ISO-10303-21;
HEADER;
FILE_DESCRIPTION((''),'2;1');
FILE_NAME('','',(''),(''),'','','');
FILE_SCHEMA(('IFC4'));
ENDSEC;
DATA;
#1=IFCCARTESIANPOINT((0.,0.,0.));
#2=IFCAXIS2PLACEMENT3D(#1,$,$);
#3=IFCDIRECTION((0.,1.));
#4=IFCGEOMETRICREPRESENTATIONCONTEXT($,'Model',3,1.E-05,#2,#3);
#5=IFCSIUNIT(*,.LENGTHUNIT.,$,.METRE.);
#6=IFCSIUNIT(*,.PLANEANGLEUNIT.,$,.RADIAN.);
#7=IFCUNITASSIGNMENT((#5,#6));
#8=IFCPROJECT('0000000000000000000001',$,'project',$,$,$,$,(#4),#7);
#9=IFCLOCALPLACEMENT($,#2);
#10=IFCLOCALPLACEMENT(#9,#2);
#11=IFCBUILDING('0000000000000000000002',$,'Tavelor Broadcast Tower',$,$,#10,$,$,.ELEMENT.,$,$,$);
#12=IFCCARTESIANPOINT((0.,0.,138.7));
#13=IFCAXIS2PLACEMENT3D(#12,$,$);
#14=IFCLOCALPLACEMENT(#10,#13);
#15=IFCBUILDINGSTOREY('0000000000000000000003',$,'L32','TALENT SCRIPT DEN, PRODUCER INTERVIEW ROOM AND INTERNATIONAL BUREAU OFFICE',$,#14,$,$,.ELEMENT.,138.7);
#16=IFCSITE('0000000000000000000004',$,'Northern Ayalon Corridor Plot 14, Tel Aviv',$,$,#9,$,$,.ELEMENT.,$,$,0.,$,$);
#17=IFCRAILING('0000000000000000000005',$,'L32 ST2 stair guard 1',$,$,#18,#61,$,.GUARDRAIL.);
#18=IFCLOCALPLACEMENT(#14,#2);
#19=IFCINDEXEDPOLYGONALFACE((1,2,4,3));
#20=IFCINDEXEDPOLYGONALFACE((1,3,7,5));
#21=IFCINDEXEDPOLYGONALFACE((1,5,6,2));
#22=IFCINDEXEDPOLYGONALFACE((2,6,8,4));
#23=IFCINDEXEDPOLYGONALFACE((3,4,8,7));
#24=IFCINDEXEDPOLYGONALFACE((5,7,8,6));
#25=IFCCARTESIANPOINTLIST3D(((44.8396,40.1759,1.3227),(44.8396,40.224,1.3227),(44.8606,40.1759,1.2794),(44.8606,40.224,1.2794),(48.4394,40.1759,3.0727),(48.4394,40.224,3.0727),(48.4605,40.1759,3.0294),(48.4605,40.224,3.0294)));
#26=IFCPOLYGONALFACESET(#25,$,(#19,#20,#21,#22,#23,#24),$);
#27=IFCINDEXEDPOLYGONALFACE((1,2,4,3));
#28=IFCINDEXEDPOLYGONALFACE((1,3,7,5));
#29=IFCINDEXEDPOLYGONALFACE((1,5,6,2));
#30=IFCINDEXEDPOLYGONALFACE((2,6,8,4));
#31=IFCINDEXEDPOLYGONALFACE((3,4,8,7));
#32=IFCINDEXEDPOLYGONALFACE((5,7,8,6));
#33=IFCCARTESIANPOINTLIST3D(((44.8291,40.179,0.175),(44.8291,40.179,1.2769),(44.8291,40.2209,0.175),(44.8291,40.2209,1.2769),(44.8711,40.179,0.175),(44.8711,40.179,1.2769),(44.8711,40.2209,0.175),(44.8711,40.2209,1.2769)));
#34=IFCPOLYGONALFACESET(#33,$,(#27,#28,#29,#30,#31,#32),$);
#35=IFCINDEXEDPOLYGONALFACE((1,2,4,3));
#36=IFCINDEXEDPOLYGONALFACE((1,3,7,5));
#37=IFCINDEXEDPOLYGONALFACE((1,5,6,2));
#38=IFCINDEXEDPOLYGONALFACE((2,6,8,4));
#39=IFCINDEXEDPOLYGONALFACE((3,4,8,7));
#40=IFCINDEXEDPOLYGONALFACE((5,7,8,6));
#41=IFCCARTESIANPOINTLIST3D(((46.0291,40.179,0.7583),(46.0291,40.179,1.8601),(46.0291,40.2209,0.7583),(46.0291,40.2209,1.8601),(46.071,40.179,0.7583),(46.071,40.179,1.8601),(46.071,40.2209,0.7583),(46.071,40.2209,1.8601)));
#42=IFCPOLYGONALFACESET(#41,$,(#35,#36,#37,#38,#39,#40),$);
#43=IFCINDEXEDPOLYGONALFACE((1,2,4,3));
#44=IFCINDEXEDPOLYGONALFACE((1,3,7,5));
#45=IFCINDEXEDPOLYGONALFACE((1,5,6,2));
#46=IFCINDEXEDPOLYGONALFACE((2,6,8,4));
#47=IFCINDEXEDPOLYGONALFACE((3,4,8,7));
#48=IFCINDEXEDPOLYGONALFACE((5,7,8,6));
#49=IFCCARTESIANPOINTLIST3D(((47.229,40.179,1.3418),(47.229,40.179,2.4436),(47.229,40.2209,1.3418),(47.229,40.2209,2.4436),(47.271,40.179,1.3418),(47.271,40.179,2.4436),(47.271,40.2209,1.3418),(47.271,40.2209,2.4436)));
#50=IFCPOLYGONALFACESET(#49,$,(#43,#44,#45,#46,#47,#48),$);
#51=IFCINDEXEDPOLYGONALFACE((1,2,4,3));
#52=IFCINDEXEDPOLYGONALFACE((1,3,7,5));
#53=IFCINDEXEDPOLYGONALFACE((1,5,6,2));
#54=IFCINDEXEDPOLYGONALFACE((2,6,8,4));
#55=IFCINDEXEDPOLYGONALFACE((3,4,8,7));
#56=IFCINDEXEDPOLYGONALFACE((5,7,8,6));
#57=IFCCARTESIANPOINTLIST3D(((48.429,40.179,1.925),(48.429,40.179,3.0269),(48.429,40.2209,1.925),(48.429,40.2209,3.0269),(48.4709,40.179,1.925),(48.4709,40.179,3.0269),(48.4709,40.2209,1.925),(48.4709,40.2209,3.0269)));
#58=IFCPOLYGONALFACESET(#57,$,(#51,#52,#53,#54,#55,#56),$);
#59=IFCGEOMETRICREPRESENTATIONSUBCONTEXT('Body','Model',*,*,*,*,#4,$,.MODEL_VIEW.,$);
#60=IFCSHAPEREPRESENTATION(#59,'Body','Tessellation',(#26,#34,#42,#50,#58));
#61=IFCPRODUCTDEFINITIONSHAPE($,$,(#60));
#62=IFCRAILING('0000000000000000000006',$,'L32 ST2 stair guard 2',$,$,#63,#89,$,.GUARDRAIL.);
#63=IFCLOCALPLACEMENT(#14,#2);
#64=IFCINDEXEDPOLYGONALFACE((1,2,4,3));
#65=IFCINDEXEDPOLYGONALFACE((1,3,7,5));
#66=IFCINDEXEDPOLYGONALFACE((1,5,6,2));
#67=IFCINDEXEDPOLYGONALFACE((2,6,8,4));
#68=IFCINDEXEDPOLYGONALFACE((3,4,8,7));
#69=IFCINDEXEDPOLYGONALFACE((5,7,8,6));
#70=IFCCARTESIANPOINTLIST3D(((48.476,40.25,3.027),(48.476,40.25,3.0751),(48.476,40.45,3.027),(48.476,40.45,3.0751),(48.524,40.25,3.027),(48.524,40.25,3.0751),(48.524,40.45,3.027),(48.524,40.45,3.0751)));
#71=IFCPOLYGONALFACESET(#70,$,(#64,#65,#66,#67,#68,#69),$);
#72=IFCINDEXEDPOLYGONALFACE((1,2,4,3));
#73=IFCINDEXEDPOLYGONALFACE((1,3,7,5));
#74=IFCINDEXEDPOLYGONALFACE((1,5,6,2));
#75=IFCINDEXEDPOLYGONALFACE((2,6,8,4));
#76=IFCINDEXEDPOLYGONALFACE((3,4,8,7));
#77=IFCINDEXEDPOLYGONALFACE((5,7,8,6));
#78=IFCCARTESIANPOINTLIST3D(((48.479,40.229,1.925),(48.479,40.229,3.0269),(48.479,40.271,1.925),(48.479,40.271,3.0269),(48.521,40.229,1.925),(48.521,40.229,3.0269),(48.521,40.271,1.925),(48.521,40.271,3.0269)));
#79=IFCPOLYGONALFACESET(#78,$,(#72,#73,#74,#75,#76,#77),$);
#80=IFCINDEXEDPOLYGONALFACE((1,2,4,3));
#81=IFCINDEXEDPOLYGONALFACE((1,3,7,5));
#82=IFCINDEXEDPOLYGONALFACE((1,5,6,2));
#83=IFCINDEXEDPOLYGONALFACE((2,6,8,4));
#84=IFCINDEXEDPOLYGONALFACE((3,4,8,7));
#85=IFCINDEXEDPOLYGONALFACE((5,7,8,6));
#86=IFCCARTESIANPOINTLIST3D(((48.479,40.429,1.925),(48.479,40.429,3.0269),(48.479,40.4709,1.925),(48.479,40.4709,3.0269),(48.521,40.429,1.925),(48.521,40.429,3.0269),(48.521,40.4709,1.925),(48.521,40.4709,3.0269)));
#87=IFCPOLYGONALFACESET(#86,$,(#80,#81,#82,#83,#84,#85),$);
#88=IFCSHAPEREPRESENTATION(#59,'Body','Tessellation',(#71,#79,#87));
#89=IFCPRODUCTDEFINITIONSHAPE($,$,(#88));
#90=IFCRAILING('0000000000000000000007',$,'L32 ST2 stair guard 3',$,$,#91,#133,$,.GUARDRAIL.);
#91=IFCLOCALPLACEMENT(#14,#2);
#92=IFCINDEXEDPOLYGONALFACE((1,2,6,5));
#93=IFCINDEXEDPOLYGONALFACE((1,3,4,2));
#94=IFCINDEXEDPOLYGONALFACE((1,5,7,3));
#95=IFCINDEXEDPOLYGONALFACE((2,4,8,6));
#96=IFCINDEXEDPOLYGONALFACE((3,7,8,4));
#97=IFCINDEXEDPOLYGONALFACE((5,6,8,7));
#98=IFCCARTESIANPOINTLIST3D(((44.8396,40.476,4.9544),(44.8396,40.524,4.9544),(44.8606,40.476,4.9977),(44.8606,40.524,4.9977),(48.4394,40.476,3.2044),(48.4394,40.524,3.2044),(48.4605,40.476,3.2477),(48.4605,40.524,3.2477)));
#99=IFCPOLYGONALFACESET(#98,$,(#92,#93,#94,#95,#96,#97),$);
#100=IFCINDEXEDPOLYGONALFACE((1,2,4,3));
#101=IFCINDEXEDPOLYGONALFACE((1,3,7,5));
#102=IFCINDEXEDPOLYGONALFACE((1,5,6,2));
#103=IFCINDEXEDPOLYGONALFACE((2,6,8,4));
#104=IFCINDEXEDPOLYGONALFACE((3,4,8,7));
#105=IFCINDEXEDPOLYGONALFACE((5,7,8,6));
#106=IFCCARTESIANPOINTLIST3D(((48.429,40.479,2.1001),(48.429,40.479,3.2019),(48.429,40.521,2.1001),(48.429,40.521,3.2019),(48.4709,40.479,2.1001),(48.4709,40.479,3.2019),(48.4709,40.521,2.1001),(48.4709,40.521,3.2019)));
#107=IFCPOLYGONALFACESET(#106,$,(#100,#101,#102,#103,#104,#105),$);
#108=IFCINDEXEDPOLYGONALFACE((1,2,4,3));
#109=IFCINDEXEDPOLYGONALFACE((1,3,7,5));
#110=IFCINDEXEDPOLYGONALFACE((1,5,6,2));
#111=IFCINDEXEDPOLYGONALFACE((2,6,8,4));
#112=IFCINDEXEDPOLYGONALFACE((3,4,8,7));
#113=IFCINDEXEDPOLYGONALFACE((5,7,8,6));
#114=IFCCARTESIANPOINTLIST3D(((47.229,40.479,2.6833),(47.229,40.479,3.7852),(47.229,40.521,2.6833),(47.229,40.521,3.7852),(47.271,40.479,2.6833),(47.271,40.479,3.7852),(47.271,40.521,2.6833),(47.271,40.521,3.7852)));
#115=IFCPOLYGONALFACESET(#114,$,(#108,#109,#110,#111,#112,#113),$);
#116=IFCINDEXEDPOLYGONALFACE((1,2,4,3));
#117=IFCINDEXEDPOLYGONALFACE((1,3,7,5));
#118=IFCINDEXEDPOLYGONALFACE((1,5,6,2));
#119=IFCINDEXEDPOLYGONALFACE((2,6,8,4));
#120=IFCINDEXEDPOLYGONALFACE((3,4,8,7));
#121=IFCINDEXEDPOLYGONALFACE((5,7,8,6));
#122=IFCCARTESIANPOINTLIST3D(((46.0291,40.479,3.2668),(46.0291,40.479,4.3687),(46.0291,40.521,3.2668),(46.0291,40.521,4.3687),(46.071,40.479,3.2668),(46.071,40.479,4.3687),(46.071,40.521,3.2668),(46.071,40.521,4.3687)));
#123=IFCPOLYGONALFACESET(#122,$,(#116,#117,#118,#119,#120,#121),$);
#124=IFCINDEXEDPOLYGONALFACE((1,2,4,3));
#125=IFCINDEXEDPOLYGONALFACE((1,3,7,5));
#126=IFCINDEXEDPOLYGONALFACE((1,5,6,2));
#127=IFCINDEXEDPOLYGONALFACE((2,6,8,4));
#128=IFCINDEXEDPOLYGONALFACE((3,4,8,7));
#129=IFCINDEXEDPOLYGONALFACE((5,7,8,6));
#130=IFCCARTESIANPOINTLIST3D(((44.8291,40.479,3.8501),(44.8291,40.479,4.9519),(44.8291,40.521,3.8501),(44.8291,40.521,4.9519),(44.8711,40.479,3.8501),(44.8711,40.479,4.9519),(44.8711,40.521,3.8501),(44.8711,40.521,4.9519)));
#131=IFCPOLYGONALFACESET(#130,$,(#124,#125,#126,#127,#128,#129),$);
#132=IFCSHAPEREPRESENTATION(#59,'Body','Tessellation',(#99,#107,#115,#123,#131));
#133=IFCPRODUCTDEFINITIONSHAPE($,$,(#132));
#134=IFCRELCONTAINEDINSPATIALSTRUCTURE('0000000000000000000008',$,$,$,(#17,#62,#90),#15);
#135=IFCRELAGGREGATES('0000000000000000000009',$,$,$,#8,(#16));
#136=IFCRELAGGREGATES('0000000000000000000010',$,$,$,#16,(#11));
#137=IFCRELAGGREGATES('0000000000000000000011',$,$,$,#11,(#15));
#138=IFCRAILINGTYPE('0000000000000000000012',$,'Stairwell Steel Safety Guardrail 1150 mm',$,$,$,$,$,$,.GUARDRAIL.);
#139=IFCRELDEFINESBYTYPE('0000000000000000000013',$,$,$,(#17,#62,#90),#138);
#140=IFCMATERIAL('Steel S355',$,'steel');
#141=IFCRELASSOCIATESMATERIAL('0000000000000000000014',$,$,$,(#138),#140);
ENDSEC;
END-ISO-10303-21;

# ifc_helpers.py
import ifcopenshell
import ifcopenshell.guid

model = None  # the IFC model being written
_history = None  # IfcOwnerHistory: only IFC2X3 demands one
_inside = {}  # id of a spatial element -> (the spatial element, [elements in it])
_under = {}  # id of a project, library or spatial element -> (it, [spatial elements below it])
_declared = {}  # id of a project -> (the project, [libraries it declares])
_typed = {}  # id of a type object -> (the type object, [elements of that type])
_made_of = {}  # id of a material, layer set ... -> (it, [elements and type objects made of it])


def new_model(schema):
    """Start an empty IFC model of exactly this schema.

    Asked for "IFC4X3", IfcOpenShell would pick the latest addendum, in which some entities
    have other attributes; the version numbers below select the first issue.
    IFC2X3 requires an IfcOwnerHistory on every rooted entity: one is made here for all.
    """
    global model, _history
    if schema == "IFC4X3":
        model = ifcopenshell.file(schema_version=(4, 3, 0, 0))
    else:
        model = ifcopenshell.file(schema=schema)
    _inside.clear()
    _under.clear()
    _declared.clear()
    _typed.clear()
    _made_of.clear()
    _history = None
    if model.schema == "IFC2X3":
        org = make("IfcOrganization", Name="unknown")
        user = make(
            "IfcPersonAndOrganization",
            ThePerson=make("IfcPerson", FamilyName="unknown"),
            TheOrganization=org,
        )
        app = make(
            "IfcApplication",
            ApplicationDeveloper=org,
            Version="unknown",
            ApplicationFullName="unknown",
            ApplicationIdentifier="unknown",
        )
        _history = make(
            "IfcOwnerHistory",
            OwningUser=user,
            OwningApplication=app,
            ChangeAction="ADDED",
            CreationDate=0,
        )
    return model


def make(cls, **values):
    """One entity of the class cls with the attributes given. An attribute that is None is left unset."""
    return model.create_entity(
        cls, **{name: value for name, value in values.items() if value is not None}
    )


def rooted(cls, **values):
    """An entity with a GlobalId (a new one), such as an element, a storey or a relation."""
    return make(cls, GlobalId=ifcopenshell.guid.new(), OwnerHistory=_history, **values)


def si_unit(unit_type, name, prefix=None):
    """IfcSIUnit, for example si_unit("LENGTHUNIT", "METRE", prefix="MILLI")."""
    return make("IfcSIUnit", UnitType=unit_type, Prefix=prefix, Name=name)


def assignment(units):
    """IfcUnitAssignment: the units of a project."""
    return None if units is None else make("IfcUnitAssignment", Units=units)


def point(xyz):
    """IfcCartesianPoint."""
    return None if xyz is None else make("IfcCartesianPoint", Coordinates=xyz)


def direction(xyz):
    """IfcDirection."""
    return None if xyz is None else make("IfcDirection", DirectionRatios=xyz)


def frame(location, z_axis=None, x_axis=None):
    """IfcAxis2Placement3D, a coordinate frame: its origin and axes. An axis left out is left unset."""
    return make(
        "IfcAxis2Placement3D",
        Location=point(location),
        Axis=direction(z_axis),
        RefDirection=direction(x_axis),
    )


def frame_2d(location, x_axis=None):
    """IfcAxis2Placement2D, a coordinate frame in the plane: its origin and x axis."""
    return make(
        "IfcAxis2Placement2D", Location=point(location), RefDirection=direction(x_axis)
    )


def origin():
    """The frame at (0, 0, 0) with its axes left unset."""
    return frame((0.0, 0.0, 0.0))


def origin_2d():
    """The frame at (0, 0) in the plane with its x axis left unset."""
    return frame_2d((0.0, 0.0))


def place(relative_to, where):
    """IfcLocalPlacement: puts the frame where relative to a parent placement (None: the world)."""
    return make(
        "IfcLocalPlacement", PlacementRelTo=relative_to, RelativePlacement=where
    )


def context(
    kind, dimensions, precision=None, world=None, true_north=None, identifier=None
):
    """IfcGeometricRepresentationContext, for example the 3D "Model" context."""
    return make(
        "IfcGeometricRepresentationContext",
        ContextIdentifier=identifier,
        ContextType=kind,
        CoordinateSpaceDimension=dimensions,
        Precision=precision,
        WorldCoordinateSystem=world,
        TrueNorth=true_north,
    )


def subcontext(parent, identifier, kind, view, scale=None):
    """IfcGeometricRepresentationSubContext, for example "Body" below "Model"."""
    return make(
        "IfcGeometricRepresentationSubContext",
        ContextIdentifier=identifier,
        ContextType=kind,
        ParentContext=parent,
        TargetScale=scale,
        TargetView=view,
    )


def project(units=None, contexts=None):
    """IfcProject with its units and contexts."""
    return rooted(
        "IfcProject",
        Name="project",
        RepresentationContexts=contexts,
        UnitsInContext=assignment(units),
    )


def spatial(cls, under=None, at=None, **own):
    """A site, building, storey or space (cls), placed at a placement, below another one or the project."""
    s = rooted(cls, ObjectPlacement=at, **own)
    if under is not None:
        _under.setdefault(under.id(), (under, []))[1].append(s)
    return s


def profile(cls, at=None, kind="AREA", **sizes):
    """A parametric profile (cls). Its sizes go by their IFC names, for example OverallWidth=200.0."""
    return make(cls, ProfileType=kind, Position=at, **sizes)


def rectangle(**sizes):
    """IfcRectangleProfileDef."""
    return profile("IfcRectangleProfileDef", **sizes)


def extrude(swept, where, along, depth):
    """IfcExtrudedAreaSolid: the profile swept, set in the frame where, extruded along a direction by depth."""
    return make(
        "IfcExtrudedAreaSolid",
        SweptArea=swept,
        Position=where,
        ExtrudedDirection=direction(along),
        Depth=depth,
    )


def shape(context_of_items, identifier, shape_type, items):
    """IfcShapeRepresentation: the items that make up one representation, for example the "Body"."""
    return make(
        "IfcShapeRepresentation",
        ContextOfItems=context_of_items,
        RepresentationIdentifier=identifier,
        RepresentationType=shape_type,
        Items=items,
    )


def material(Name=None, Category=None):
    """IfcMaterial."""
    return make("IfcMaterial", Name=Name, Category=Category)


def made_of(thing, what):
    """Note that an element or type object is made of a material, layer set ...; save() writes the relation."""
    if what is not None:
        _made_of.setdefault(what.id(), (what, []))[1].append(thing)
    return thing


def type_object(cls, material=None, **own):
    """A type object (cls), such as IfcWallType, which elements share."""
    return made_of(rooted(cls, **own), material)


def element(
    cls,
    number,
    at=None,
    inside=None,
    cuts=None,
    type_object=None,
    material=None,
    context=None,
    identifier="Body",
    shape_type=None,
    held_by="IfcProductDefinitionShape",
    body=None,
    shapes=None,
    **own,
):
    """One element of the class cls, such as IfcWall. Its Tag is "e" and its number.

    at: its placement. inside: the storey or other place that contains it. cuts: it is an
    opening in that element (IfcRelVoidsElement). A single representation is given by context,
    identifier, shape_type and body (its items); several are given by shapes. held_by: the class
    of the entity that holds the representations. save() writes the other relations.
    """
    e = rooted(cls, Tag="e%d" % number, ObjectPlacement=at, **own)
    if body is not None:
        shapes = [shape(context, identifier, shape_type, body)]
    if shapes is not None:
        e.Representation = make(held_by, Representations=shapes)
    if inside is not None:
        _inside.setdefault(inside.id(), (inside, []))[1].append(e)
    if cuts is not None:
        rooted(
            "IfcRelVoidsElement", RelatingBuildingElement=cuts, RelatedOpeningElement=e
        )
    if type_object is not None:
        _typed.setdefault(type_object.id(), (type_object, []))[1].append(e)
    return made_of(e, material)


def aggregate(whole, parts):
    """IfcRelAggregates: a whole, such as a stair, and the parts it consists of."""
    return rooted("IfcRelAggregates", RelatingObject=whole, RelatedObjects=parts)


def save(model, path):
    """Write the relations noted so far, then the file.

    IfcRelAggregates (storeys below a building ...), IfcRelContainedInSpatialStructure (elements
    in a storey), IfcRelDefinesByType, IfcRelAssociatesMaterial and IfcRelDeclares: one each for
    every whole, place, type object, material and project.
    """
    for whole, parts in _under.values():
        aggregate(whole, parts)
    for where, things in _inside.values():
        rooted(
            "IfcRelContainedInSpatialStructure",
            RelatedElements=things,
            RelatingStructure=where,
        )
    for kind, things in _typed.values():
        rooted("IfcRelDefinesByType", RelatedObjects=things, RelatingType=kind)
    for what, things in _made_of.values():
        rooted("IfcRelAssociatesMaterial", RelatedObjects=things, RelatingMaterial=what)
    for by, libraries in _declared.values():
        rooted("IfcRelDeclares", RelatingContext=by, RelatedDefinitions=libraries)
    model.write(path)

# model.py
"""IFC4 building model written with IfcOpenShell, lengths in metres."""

from ifc_helpers import new_model, si_unit, direction, frame, origin, origin_2d, place, context, subcontext, project, spatial, rectangle, extrude, material, type_object, element, save


model = new_model("IFC4")

# Units and contexts
model_context = context("Model", 3, precision=1e-05, world=origin(), true_north=direction((0.0, 1.0)))
body_context = subcontext(model_context, "Body", "Model", "MODEL_VIEW")
ifc_project = project(units=[si_unit("LENGTHUNIT", "METRE"), si_unit("PLANEANGLEUNIT", "RADIAN")], contexts=[model_context])

# Site, building, storey
site_placement = place(None, origin())
site = spatial("IfcSite", under=ifc_project, at=site_placement, Name="Northern Ayalon Corridor Plot 14, Tel Aviv", CompositionType="ELEMENT", RefElevation=0.0)
building_placement = place(site_placement, origin())
building = spatial("IfcBuilding", under=site, at=building_placement, Name="Tavelor Broadcast Tower", CompositionType="ELEMENT")
storey_placement = place(building_placement, frame((0.0, 0.0, 138.7)))
storey = spatial("IfcBuildingStorey", under=building, at=storey_placement, Name="L32", Description="TALENT SCRIPT DEN, PRODUCER INTERVIEW ROOM AND INTERNATIONAL BUREAU OFFICE", CompositionType="ELEMENT", Elevation=138.7)

# Shared definitions
ifc_material_1 = material(Name="Steel S355", Category="steel")

# Railings
railing_type_1 = type_object("IfcRailingType", Name="Stairwell Steel Safety Guardrail 1150 mm", PredefinedType="GUARDRAIL", material=ifc_material_1)
railing_1_placement = place(storey_placement, frame((44.8501, 40.2, 0.175)))
element("IfcRailing", 1, at=railing_1_placement, inside=storey, type_object=railing_type_1, Name="L32 ST2 stair guard 1", PredefinedType="GUARDRAIL", context=body_context, shape_type="SweptSolid", body=[
    extrude(rectangle(XDim=0.0481, YDim=0.0481, at=origin_2d()), frame((0.0, 0.0, 1.126), z_axis=(0.899361, 0.0, 0.437207), x_axis=(0.0, 1.0, 0.0)), (0.0, 0.0, 1.0), 4.0027),
    extrude(rectangle(XDim=0.042, YDim=0.042, at=origin_2d()), origin(), (0.0, 0.0, 1.0), 1.1018),
    extrude(rectangle(XDim=0.042, YDim=0.042, at=origin_2d()), frame((1.2, 0.0, 0.5833)), (0.0, 0.0, 1.0), 1.1018),
    extrude(rectangle(XDim=0.042, YDim=0.042, at=origin_2d()), frame((2.3999, 0.0, 1.1667)), (0.0, 0.0, 1.0), 1.1018),
    extrude(rectangle(XDim=0.042, YDim=0.042, at=origin_2d()), frame((3.5999, 0.0, 1.75)), (0.0, 0.0, 1.0), 1.1018),
])
railing_2_placement = place(storey_placement, frame((48.5, 40.25, 1.925)))
element("IfcRailing", 2, at=railing_2_placement, inside=storey, type_object=railing_type_1, Name="L32 ST2 stair guard 2", PredefinedType="GUARDRAIL", context=body_context, shape_type="SweptSolid", body=[
    extrude(rectangle(XDim=0.0481, YDim=0.0481, at=origin_2d()), frame((0.0, 0.0, 1.126), z_axis=(0.0, 1.0, 0.0), x_axis=(-1.0, 0.0, 0.0)), (0.0, 0.0, 1.0), 0.2),
    extrude(rectangle(XDim=0.042, YDim=0.042, at=origin_2d()), origin(), (0.0, 0.0, 1.0), 1.1018),
    extrude(rectangle(XDim=0.042, YDim=0.042, at=origin_2d()), frame((0.0, 0.2, 0.0)), (0.0, 0.0, 1.0), 1.1018),
])
railing_3_placement = place(storey_placement, frame((48.45, 40.5, 2.1001)))
element("IfcRailing", 3, at=railing_3_placement, inside=storey, type_object=railing_type_1, Name="L32 ST2 stair guard 3", PredefinedType="GUARDRAIL", context=body_context, shape_type="SweptSolid", body=[
    extrude(rectangle(XDim=0.0481, YDim=0.0481, at=origin_2d()), frame((0.0, 0.0, 1.126), z_axis=(-0.899361, 0.0, 0.437207), x_axis=(0.0, -1.0, 0.0)), (0.0, 0.0, 1.0), 4.0027),
    extrude(rectangle(XDim=0.042, YDim=0.042, at=origin_2d()), origin(), (0.0, 0.0, 1.0), 1.1018),
    extrude(rectangle(XDim=0.042, YDim=0.042, at=origin_2d()), frame((-1.2, 0.0, 0.5833)), (0.0, 0.0, 1.0), 1.1018),
    extrude(rectangle(XDim=0.042, YDim=0.042, at=origin_2d()), frame((-2.3999, 0.0, 1.1667)), (0.0, 0.0, 1.0), 1.1018),
    extrude(rectangle(XDim=0.042, YDim=0.042, at=origin_2d()), frame((-3.5999, 0.0, 1.75)), (0.0, 0.0, 1.0), 1.1018),
])

save(model, "model.ifc")
